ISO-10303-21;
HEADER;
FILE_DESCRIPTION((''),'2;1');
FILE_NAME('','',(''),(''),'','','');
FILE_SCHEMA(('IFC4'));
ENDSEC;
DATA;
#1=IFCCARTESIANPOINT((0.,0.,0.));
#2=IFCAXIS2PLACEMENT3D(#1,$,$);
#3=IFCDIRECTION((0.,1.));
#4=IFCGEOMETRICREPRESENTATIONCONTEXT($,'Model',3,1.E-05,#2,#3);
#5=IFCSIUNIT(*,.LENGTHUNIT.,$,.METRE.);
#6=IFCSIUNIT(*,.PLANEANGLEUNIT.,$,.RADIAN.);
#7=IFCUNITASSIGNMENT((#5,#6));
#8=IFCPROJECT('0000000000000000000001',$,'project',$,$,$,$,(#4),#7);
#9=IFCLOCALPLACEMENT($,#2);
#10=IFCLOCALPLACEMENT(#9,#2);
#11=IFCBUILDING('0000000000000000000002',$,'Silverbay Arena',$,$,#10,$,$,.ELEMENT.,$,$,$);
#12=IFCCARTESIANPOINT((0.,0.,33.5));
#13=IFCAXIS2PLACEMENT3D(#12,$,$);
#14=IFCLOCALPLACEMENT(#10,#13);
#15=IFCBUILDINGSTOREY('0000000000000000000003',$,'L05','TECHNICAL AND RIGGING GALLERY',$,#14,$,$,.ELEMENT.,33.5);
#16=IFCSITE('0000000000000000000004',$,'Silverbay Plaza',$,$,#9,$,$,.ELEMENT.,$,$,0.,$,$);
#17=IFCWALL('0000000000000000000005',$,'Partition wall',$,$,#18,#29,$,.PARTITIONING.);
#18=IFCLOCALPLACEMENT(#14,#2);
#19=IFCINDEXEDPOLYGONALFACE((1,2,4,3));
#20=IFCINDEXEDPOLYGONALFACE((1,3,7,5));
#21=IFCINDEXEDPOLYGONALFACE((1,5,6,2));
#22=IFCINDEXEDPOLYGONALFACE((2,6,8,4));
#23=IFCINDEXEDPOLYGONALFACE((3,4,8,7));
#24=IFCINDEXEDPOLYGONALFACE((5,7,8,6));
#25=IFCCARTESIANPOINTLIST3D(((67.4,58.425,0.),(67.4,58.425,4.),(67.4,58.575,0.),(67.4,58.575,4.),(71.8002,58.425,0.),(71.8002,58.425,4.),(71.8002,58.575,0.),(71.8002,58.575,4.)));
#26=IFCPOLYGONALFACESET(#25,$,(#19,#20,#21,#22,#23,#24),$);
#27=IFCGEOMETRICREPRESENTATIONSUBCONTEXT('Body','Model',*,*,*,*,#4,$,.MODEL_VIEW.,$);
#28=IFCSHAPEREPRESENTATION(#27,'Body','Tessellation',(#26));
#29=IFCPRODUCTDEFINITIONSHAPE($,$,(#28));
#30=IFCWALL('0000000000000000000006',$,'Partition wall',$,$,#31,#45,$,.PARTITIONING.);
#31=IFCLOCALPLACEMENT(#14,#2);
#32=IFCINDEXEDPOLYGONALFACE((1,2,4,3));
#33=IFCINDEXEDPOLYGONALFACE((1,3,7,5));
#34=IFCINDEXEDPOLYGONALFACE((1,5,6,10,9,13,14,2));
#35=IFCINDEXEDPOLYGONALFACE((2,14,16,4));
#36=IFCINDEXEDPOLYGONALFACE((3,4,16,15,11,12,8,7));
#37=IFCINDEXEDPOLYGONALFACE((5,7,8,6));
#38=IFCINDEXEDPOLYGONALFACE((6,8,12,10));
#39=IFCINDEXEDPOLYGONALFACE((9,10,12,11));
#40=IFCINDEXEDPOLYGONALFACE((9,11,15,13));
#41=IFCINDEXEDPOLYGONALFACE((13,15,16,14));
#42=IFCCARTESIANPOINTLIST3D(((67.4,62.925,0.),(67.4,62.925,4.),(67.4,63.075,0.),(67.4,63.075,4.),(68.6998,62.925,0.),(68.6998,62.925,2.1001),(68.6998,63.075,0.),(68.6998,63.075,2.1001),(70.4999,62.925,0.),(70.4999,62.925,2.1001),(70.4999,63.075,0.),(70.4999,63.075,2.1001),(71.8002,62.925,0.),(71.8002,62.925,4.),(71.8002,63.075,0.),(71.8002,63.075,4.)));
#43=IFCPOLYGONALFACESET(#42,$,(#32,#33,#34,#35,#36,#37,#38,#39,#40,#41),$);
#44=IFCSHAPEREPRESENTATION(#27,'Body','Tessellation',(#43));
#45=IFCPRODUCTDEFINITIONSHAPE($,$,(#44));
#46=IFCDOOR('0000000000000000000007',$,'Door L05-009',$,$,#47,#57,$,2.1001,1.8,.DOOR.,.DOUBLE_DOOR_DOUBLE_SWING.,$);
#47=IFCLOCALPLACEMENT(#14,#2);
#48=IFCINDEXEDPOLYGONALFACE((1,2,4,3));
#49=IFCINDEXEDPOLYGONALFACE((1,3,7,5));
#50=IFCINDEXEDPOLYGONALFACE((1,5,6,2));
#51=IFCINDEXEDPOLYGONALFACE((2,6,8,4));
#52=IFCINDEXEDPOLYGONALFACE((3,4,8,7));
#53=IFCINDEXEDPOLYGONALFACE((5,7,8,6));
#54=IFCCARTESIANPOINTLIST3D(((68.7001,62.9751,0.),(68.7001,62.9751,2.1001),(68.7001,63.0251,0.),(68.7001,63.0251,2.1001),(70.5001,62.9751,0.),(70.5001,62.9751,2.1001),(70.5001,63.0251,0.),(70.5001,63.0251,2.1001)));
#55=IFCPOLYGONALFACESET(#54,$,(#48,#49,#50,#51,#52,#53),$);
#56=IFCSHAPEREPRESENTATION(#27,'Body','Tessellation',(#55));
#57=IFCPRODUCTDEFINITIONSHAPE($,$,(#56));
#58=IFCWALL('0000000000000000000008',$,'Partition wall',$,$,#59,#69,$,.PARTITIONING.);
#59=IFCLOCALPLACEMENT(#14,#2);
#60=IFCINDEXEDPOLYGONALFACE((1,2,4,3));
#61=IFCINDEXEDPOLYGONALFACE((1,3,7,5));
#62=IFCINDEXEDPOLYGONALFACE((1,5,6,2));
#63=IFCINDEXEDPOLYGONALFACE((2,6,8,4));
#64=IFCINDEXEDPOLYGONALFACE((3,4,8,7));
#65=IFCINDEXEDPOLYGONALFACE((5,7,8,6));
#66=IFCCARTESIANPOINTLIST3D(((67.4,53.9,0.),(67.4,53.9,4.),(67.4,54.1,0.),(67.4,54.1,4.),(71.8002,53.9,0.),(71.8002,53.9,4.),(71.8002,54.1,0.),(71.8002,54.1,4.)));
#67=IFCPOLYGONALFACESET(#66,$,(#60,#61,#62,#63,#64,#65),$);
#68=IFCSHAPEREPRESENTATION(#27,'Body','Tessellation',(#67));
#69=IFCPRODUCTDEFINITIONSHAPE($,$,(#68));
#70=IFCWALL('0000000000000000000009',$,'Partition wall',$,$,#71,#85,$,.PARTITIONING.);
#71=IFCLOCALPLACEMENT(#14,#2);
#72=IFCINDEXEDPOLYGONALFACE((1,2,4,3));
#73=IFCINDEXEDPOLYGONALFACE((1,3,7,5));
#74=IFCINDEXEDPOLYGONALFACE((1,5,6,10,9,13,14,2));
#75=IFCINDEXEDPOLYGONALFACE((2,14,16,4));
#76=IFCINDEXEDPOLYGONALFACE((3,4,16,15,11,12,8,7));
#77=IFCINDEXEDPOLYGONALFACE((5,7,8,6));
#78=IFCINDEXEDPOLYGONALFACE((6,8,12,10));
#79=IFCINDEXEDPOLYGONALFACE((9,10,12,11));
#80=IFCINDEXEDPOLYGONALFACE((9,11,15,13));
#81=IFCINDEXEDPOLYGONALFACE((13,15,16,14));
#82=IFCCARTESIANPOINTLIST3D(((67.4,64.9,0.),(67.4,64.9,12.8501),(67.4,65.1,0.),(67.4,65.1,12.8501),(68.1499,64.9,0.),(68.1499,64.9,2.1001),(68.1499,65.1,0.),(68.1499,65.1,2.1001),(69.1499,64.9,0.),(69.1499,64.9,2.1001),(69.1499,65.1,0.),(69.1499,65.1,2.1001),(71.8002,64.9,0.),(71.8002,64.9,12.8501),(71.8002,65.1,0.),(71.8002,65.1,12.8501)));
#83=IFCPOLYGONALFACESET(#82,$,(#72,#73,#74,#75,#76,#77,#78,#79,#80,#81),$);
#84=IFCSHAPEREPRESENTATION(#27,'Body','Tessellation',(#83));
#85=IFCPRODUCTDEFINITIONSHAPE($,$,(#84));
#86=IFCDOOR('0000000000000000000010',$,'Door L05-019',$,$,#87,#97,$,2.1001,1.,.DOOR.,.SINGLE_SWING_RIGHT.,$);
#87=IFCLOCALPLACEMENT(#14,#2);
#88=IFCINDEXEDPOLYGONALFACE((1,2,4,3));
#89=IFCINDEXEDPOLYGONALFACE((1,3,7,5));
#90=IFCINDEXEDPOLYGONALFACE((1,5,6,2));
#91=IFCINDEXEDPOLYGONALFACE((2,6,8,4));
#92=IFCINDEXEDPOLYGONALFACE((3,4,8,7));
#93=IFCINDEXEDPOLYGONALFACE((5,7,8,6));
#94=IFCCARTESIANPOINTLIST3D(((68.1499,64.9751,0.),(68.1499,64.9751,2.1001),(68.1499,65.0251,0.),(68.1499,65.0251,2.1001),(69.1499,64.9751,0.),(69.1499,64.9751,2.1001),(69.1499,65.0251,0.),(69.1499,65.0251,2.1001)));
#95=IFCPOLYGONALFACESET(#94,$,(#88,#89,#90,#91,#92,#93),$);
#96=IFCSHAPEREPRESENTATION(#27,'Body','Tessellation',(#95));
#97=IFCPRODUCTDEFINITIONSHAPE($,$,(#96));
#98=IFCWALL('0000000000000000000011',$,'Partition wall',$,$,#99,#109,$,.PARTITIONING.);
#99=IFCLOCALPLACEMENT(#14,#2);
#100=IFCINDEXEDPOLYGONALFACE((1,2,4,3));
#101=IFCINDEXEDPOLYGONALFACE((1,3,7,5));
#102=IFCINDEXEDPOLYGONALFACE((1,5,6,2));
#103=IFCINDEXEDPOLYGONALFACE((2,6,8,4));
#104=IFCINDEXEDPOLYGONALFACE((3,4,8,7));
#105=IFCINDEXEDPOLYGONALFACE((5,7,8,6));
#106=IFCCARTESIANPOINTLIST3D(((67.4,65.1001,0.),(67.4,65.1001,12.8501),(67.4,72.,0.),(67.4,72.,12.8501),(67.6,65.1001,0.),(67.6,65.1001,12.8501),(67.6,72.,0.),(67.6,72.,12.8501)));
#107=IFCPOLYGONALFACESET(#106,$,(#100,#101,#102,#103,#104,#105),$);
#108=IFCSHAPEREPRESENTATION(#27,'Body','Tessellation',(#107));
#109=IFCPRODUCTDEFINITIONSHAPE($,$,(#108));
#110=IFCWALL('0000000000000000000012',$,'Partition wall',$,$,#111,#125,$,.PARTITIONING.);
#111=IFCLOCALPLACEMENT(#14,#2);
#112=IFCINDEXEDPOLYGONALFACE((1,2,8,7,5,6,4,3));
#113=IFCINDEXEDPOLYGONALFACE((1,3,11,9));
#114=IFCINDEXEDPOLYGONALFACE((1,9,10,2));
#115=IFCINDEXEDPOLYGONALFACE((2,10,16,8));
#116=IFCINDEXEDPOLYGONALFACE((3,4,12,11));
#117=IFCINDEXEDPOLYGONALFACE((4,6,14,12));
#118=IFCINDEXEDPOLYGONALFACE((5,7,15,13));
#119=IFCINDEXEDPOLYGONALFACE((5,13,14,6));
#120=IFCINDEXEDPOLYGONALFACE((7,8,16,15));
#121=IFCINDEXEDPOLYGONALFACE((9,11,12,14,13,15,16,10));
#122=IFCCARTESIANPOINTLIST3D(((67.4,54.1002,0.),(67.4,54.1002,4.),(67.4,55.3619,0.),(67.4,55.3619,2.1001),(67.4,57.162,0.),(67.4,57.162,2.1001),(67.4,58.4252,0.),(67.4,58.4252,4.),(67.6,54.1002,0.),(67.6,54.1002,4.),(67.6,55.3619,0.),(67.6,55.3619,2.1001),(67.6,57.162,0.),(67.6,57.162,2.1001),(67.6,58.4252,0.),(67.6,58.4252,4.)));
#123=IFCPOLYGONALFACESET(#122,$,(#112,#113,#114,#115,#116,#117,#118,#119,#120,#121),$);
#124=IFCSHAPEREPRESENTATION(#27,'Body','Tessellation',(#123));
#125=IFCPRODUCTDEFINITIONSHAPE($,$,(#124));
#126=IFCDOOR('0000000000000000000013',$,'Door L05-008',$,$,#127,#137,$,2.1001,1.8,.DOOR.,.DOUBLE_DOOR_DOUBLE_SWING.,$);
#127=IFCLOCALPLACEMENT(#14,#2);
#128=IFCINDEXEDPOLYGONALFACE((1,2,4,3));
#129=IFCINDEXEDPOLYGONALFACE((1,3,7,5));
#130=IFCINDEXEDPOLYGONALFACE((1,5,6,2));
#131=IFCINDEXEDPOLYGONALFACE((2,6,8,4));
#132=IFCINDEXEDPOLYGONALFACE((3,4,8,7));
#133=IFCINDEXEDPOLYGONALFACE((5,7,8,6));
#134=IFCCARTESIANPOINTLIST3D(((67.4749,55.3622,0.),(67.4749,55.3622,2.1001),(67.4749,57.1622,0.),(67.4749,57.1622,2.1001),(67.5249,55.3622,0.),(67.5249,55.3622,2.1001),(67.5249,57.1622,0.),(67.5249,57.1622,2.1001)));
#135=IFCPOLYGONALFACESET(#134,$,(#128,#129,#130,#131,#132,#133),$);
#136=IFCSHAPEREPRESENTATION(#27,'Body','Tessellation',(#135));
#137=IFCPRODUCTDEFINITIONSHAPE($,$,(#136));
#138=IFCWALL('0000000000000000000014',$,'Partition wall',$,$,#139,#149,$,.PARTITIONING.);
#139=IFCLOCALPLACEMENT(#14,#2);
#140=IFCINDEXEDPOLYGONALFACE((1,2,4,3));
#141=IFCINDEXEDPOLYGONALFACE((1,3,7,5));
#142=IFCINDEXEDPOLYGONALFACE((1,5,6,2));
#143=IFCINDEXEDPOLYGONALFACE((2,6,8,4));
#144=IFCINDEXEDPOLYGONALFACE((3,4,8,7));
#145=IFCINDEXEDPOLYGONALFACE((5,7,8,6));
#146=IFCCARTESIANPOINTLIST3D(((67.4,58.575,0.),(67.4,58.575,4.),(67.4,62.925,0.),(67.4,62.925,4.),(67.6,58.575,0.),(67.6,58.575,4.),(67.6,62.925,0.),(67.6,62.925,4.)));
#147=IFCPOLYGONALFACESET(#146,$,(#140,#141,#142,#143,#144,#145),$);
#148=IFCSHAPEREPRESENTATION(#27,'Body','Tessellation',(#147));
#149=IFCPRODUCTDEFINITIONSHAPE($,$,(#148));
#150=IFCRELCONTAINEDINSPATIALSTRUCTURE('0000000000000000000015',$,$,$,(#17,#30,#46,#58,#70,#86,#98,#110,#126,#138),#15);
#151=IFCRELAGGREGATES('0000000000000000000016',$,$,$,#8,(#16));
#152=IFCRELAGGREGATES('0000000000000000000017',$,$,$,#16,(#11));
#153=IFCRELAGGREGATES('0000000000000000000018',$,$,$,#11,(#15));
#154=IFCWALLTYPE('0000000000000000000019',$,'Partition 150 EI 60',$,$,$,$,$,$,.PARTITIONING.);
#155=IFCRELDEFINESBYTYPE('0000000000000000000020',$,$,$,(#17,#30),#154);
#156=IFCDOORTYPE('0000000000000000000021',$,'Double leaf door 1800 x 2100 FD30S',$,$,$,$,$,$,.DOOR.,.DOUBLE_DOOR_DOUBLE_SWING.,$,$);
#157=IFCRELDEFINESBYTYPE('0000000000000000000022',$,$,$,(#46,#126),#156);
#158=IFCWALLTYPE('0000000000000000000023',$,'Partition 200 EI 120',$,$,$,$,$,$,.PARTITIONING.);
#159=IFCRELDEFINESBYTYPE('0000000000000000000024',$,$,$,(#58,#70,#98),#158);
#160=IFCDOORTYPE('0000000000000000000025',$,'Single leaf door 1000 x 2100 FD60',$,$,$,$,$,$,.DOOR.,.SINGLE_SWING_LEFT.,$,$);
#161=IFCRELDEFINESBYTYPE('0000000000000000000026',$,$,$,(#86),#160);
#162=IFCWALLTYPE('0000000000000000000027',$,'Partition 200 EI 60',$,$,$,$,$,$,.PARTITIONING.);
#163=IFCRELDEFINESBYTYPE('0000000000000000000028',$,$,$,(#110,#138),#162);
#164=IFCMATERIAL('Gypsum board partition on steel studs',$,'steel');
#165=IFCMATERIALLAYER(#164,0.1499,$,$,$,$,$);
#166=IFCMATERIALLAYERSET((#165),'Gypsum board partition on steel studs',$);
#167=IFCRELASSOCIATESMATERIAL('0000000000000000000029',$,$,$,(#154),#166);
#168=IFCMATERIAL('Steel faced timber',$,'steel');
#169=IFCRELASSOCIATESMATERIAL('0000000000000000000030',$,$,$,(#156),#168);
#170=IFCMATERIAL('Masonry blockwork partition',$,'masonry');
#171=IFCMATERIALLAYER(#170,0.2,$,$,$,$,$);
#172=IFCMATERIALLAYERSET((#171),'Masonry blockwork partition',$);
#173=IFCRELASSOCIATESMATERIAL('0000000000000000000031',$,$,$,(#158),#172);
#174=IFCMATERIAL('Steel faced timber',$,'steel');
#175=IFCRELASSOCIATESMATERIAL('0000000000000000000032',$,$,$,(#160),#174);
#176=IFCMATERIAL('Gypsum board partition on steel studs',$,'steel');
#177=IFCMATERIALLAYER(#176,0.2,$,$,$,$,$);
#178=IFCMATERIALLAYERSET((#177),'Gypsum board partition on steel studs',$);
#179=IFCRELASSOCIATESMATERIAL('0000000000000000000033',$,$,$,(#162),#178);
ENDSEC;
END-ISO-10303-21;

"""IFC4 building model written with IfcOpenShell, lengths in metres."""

from ifc_helpers import new_model, si_unit, direction, frame, frame_2d, origin, place, context, subcontext, project, spatial, rectangle, extrude, material, layer, layer_set, type_object, element, fill, save


model = new_model("IFC4")

# Units and contexts
model_context = context("Model", 3, precision=1e-05, world=origin(), true_north=direction((0.0, 1.0)))
body_context = subcontext(model_context, "Body", "Model", "MODEL_VIEW")
ifc_project = project(units=[si_unit("LENGTHUNIT", "METRE"), si_unit("PLANEANGLEUNIT", "RADIAN")], contexts=[model_context])

# Site, building, storey
site_placement = place(None, origin())
site = spatial("IfcSite", under=ifc_project, at=site_placement, Name="Silverbay Plaza", CompositionType="ELEMENT", RefElevation=0.0)
building_placement = place(site_placement, origin())
building = spatial("IfcBuilding", under=site, at=building_placement, Name="Silverbay Arena", CompositionType="ELEMENT")
storey_placement = place(building_placement, frame((0.0, 0.0, 33.5)))
storey = spatial("IfcBuildingStorey", under=building, at=storey_placement, Name="L05", Description="TECHNICAL AND RIGGING GALLERY", CompositionType="ELEMENT", Elevation=33.5)

# Wall
ifc_material_1 = material(Name="Gypsum board partition on steel studs", Category="steel")
ifc_layer_1 = layer(ifc_material_1, 0.1499)
ifc_layer_set_1 = layer_set([ifc_layer_1], Name="Gypsum board partition on steel studs")
wall_type_1 = type_object("IfcWallType", Name="Partition 150 EI 60", PredefinedType="PARTITIONING", material=ifc_layer_set_1)
wall_1_placement = place(storey_placement, frame((67.3999, 58.5, 0.0), z_axis=(0.0, 0.0, 1.0), x_axis=(1.0, 0.0, 0.0)))
element("IfcWall", 1, at=wall_1_placement, inside=storey, type_object=wall_type_1, Name="Partition wall", PredefinedType="PARTITIONING", context=body_context, shape_type="SweptSolid", body=[
    extrude(rectangle(XDim=4.4001, YDim=0.1499, at=frame_2d((2.2002, 0.0))), origin(), (0.0, 0.0, 1.0), 4.0),
])

# Wall, opening, door
wall_2_placement = place(storey_placement, frame((67.3999, 63.0, 0.0), z_axis=(0.0, 0.0, 1.0), x_axis=(1.0, 0.0, 0.0)))
wall_2 = element("IfcWall", 2, at=wall_2_placement, inside=storey, type_object=wall_type_1, Name="Partition wall", PredefinedType="PARTITIONING", context=body_context, shape_type="SweptSolid", body=[
    extrude(rectangle(XDim=4.4001, YDim=0.1499, at=frame_2d((2.2002, 0.0))), origin(), (0.0, 0.0, 1.0), 4.0),
])
opening_1_placement = place(wall_2_placement, frame((1.3, 0.0, 0.0)))
opening_1 = element("IfcOpeningElement", 3, at=opening_1_placement, cuts=wall_2, PredefinedType="OPENING", context=body_context, shape_type="SweptSolid", body=[
    extrude(rectangle(XDim=1.8, YDim=2.1001, at=frame_2d((0.8999, 1.05))), frame((0.0, 0.085, 0.0), z_axis=(0.0, -1.0, 0.0), x_axis=(1.0, 0.0, 0.0)), (0.0, 0.0, 1.0), 0.1699),
])
ifc_material_2 = material(Name="Steel faced timber", Category="steel")
door_type_1 = type_object("IfcDoorType", Name="Double leaf door 1800 x 2100 FD30S", OperationType="DOUBLE_DOOR_DOUBLE_SWING", PredefinedType="DOOR", material=ifc_material_2)
door_1_placement = place(opening_1_placement, frame((1.8, 0.0, 0.0), z_axis=(0.0, 0.0, 1.0), x_axis=(-1.0, 0.0, 0.0)))
door_1 = element("IfcDoor", 4, at=door_1_placement, inside=storey, type_object=door_type_1, Name="Door L05-009", OperationType="DOUBLE_DOOR_DOUBLE_SWING", OverallHeight=2.1001, OverallWidth=1.8, PredefinedType="DOOR", context=body_context, shape_type="SweptSolid", body=[
    extrude(rectangle(XDim=1.8, YDim=2.1001, at=frame_2d((0.8999, 1.05))), frame((0.0, 0.0249, 0.0), z_axis=(0.0, -1.0, 0.0), x_axis=(1.0, 0.0, 0.0)), (0.0, 0.0, 1.0), 0.05),
])
fill(opening_1, door_1)

# Wall
ifc_material_3 = material(Name="Masonry blockwork partition", Category="masonry")
ifc_layer_2 = layer(ifc_material_3, 0.2)
ifc_layer_set_2 = layer_set([ifc_layer_2], Name="Masonry blockwork partition")
wall_type_2 = type_object("IfcWallType", Name="Partition 200 EI 120", PredefinedType="PARTITIONING", material=ifc_layer_set_2)
wall_3_placement = place(storey_placement, frame((67.3999, 54.0, 0.0), z_axis=(0.0, 0.0, 1.0), x_axis=(1.0, 0.0, 0.0)))
element("IfcWall", 5, at=wall_3_placement, inside=storey, type_object=wall_type_2, Name="Partition wall", PredefinedType="PARTITIONING", context=body_context, shape_type="SweptSolid", body=[
    extrude(rectangle(XDim=4.4001, YDim=0.2, at=frame_2d((2.2002, 0.0))), origin(), (0.0, 0.0, 1.0), 4.0),
])

# Wall, opening, door
wall_4_placement = place(storey_placement, frame((67.3999, 65.0, 0.0), z_axis=(0.0, 0.0, 1.0), x_axis=(1.0, 0.0, 0.0)))
wall_4 = element("IfcWall", 6, at=wall_4_placement, inside=storey, type_object=wall_type_2, Name="Partition wall", PredefinedType="PARTITIONING", context=body_context, shape_type="SweptSolid", body=[
    extrude(rectangle(XDim=4.4001, YDim=0.2, at=frame_2d((2.2002, 0.0))), origin(), (0.0, 0.0, 1.0), 12.8501),
])
opening_2_placement = place(wall_4_placement, frame((0.75, 0.0, 0.0)))
opening_2 = element("IfcOpeningElement", 7, at=opening_2_placement, cuts=wall_4, PredefinedType="OPENING", context=body_context, shape_type="SweptSolid", body=[
    extrude(rectangle(XDim=1.0, YDim=2.1001, at=frame_2d((0.5, 1.05))), frame((0.0, 0.1099, 0.0), z_axis=(0.0, -1.0, 0.0), x_axis=(1.0, 0.0, 0.0)), (0.0, 0.0, 1.0), 0.22),
])
ifc_material_4 = material(Name="Steel faced timber", Category="steel")
door_type_2 = type_object("IfcDoorType", Name="Single leaf door 1000 x 2100 FD60", OperationType="SINGLE_SWING_LEFT", PredefinedType="DOOR", material=ifc_material_4)
door_2_placement = place(opening_2_placement, frame((1.0, 0.0, 0.0), z_axis=(0.0, 0.0, 1.0), x_axis=(-1.0, 0.0, 0.0)))
door_2 = element("IfcDoor", 8, at=door_2_placement, inside=storey, type_object=door_type_2, Name="Door L05-019", OperationType="SINGLE_SWING_RIGHT", OverallHeight=2.1001, OverallWidth=1.0, PredefinedType="DOOR", context=body_context, shape_type="SweptSolid", body=[
    extrude(rectangle(XDim=1.0, YDim=2.1001, at=frame_2d((0.5, 1.05))), frame((0.0, 0.0249, 0.0), z_axis=(0.0, -1.0, 0.0), x_axis=(1.0, 0.0, 0.0)), (0.0, 0.0, 1.0), 0.05),
])
fill(opening_2, door_2)

# Wall
wall_5_placement = place(storey_placement, frame((67.5, 65.1001, 0.0), z_axis=(0.0, 0.0, 1.0), x_axis=(0.0, 1.0, 0.0)))
element("IfcWall", 9, at=wall_5_placement, inside=storey, type_object=wall_type_2, Name="Partition wall", PredefinedType="PARTITIONING", context=body_context, shape_type="SweptSolid", body=[
    extrude(rectangle(XDim=6.8999, YDim=0.2, at=frame_2d((3.45, 0.0))), origin(), (0.0, 0.0, 1.0), 12.8501),
])

# Wall, opening, door
ifc_material_5 = material(Name="Gypsum board partition on steel studs", Category="steel")
ifc_layer_3 = layer(ifc_material_5, 0.2)
ifc_layer_set_3 = layer_set([ifc_layer_3], Name="Gypsum board partition on steel studs")
wall_type_3 = type_object("IfcWallType", Name="Partition 200 EI 60", PredefinedType="PARTITIONING", material=ifc_layer_set_3)
wall_6_placement = place(storey_placement, frame((67.5, 54.1001, 0.0), z_axis=(0.0, 0.0, 1.0), x_axis=(0.0, 1.0, 0.0)))
wall_6 = element("IfcWall", 10, at=wall_6_placement, inside=storey, type_object=wall_type_3, Name="Partition wall", PredefinedType="PARTITIONING", context=body_context, shape_type="SweptSolid", body=[
    extrude(rectangle(XDim=4.325, YDim=0.2, at=frame_2d((2.1626, 0.0))), origin(), (0.0, 0.0, 1.0), 4.0),
])
opening_3_placement = place(wall_6_placement, frame((1.262, 0.0, 0.0)))
opening_3 = element("IfcOpeningElement", 11, at=opening_3_placement, cuts=wall_6, PredefinedType="OPENING", context=body_context, shape_type="SweptSolid", body=[
    extrude(rectangle(XDim=1.8, YDim=2.1001, at=frame_2d((0.8999, 1.05))), frame((0.0, 0.1099, 0.0), z_axis=(0.0, -1.0, 0.0), x_axis=(1.0, 0.0, 0.0)), (0.0, 0.0, 1.0), 0.22),
])
door_3_placement = place(opening_3_placement, frame((1.8, 0.0, 0.0), z_axis=(0.0, 0.0, 1.0), x_axis=(-1.0, 0.0, 0.0)))
door_3 = element("IfcDoor", 12, at=door_3_placement, inside=storey, type_object=door_type_1, Name="Door L05-008", OperationType="DOUBLE_DOOR_DOUBLE_SWING", OverallHeight=2.1001, OverallWidth=1.8, PredefinedType="DOOR", context=body_context, shape_type="SweptSolid", body=[
    extrude(rectangle(XDim=1.8, YDim=2.1001, at=frame_2d((0.8999, 1.05))), frame((0.0, 0.0249, 0.0), z_axis=(0.0, -1.0, 0.0), x_axis=(1.0, 0.0, 0.0)), (0.0, 0.0, 1.0), 0.05),
])
fill(opening_3, door_3)

# Wall
wall_7_placement = place(storey_placement, frame((67.5, 58.575, 0.0), z_axis=(0.0, 0.0, 1.0), x_axis=(0.0, 1.0, 0.0)))
element("IfcWall", 13, at=wall_7_placement, inside=storey, type_object=wall_type_3, Name="Partition wall", PredefinedType="PARTITIONING", context=body_context, shape_type="SweptSolid", body=[
    extrude(rectangle(XDim=4.3501, YDim=0.2, at=frame_2d((2.175, 0.0))), origin(), (0.0, 0.0, 1.0), 4.0),
])

save(model, "model.ifc")
